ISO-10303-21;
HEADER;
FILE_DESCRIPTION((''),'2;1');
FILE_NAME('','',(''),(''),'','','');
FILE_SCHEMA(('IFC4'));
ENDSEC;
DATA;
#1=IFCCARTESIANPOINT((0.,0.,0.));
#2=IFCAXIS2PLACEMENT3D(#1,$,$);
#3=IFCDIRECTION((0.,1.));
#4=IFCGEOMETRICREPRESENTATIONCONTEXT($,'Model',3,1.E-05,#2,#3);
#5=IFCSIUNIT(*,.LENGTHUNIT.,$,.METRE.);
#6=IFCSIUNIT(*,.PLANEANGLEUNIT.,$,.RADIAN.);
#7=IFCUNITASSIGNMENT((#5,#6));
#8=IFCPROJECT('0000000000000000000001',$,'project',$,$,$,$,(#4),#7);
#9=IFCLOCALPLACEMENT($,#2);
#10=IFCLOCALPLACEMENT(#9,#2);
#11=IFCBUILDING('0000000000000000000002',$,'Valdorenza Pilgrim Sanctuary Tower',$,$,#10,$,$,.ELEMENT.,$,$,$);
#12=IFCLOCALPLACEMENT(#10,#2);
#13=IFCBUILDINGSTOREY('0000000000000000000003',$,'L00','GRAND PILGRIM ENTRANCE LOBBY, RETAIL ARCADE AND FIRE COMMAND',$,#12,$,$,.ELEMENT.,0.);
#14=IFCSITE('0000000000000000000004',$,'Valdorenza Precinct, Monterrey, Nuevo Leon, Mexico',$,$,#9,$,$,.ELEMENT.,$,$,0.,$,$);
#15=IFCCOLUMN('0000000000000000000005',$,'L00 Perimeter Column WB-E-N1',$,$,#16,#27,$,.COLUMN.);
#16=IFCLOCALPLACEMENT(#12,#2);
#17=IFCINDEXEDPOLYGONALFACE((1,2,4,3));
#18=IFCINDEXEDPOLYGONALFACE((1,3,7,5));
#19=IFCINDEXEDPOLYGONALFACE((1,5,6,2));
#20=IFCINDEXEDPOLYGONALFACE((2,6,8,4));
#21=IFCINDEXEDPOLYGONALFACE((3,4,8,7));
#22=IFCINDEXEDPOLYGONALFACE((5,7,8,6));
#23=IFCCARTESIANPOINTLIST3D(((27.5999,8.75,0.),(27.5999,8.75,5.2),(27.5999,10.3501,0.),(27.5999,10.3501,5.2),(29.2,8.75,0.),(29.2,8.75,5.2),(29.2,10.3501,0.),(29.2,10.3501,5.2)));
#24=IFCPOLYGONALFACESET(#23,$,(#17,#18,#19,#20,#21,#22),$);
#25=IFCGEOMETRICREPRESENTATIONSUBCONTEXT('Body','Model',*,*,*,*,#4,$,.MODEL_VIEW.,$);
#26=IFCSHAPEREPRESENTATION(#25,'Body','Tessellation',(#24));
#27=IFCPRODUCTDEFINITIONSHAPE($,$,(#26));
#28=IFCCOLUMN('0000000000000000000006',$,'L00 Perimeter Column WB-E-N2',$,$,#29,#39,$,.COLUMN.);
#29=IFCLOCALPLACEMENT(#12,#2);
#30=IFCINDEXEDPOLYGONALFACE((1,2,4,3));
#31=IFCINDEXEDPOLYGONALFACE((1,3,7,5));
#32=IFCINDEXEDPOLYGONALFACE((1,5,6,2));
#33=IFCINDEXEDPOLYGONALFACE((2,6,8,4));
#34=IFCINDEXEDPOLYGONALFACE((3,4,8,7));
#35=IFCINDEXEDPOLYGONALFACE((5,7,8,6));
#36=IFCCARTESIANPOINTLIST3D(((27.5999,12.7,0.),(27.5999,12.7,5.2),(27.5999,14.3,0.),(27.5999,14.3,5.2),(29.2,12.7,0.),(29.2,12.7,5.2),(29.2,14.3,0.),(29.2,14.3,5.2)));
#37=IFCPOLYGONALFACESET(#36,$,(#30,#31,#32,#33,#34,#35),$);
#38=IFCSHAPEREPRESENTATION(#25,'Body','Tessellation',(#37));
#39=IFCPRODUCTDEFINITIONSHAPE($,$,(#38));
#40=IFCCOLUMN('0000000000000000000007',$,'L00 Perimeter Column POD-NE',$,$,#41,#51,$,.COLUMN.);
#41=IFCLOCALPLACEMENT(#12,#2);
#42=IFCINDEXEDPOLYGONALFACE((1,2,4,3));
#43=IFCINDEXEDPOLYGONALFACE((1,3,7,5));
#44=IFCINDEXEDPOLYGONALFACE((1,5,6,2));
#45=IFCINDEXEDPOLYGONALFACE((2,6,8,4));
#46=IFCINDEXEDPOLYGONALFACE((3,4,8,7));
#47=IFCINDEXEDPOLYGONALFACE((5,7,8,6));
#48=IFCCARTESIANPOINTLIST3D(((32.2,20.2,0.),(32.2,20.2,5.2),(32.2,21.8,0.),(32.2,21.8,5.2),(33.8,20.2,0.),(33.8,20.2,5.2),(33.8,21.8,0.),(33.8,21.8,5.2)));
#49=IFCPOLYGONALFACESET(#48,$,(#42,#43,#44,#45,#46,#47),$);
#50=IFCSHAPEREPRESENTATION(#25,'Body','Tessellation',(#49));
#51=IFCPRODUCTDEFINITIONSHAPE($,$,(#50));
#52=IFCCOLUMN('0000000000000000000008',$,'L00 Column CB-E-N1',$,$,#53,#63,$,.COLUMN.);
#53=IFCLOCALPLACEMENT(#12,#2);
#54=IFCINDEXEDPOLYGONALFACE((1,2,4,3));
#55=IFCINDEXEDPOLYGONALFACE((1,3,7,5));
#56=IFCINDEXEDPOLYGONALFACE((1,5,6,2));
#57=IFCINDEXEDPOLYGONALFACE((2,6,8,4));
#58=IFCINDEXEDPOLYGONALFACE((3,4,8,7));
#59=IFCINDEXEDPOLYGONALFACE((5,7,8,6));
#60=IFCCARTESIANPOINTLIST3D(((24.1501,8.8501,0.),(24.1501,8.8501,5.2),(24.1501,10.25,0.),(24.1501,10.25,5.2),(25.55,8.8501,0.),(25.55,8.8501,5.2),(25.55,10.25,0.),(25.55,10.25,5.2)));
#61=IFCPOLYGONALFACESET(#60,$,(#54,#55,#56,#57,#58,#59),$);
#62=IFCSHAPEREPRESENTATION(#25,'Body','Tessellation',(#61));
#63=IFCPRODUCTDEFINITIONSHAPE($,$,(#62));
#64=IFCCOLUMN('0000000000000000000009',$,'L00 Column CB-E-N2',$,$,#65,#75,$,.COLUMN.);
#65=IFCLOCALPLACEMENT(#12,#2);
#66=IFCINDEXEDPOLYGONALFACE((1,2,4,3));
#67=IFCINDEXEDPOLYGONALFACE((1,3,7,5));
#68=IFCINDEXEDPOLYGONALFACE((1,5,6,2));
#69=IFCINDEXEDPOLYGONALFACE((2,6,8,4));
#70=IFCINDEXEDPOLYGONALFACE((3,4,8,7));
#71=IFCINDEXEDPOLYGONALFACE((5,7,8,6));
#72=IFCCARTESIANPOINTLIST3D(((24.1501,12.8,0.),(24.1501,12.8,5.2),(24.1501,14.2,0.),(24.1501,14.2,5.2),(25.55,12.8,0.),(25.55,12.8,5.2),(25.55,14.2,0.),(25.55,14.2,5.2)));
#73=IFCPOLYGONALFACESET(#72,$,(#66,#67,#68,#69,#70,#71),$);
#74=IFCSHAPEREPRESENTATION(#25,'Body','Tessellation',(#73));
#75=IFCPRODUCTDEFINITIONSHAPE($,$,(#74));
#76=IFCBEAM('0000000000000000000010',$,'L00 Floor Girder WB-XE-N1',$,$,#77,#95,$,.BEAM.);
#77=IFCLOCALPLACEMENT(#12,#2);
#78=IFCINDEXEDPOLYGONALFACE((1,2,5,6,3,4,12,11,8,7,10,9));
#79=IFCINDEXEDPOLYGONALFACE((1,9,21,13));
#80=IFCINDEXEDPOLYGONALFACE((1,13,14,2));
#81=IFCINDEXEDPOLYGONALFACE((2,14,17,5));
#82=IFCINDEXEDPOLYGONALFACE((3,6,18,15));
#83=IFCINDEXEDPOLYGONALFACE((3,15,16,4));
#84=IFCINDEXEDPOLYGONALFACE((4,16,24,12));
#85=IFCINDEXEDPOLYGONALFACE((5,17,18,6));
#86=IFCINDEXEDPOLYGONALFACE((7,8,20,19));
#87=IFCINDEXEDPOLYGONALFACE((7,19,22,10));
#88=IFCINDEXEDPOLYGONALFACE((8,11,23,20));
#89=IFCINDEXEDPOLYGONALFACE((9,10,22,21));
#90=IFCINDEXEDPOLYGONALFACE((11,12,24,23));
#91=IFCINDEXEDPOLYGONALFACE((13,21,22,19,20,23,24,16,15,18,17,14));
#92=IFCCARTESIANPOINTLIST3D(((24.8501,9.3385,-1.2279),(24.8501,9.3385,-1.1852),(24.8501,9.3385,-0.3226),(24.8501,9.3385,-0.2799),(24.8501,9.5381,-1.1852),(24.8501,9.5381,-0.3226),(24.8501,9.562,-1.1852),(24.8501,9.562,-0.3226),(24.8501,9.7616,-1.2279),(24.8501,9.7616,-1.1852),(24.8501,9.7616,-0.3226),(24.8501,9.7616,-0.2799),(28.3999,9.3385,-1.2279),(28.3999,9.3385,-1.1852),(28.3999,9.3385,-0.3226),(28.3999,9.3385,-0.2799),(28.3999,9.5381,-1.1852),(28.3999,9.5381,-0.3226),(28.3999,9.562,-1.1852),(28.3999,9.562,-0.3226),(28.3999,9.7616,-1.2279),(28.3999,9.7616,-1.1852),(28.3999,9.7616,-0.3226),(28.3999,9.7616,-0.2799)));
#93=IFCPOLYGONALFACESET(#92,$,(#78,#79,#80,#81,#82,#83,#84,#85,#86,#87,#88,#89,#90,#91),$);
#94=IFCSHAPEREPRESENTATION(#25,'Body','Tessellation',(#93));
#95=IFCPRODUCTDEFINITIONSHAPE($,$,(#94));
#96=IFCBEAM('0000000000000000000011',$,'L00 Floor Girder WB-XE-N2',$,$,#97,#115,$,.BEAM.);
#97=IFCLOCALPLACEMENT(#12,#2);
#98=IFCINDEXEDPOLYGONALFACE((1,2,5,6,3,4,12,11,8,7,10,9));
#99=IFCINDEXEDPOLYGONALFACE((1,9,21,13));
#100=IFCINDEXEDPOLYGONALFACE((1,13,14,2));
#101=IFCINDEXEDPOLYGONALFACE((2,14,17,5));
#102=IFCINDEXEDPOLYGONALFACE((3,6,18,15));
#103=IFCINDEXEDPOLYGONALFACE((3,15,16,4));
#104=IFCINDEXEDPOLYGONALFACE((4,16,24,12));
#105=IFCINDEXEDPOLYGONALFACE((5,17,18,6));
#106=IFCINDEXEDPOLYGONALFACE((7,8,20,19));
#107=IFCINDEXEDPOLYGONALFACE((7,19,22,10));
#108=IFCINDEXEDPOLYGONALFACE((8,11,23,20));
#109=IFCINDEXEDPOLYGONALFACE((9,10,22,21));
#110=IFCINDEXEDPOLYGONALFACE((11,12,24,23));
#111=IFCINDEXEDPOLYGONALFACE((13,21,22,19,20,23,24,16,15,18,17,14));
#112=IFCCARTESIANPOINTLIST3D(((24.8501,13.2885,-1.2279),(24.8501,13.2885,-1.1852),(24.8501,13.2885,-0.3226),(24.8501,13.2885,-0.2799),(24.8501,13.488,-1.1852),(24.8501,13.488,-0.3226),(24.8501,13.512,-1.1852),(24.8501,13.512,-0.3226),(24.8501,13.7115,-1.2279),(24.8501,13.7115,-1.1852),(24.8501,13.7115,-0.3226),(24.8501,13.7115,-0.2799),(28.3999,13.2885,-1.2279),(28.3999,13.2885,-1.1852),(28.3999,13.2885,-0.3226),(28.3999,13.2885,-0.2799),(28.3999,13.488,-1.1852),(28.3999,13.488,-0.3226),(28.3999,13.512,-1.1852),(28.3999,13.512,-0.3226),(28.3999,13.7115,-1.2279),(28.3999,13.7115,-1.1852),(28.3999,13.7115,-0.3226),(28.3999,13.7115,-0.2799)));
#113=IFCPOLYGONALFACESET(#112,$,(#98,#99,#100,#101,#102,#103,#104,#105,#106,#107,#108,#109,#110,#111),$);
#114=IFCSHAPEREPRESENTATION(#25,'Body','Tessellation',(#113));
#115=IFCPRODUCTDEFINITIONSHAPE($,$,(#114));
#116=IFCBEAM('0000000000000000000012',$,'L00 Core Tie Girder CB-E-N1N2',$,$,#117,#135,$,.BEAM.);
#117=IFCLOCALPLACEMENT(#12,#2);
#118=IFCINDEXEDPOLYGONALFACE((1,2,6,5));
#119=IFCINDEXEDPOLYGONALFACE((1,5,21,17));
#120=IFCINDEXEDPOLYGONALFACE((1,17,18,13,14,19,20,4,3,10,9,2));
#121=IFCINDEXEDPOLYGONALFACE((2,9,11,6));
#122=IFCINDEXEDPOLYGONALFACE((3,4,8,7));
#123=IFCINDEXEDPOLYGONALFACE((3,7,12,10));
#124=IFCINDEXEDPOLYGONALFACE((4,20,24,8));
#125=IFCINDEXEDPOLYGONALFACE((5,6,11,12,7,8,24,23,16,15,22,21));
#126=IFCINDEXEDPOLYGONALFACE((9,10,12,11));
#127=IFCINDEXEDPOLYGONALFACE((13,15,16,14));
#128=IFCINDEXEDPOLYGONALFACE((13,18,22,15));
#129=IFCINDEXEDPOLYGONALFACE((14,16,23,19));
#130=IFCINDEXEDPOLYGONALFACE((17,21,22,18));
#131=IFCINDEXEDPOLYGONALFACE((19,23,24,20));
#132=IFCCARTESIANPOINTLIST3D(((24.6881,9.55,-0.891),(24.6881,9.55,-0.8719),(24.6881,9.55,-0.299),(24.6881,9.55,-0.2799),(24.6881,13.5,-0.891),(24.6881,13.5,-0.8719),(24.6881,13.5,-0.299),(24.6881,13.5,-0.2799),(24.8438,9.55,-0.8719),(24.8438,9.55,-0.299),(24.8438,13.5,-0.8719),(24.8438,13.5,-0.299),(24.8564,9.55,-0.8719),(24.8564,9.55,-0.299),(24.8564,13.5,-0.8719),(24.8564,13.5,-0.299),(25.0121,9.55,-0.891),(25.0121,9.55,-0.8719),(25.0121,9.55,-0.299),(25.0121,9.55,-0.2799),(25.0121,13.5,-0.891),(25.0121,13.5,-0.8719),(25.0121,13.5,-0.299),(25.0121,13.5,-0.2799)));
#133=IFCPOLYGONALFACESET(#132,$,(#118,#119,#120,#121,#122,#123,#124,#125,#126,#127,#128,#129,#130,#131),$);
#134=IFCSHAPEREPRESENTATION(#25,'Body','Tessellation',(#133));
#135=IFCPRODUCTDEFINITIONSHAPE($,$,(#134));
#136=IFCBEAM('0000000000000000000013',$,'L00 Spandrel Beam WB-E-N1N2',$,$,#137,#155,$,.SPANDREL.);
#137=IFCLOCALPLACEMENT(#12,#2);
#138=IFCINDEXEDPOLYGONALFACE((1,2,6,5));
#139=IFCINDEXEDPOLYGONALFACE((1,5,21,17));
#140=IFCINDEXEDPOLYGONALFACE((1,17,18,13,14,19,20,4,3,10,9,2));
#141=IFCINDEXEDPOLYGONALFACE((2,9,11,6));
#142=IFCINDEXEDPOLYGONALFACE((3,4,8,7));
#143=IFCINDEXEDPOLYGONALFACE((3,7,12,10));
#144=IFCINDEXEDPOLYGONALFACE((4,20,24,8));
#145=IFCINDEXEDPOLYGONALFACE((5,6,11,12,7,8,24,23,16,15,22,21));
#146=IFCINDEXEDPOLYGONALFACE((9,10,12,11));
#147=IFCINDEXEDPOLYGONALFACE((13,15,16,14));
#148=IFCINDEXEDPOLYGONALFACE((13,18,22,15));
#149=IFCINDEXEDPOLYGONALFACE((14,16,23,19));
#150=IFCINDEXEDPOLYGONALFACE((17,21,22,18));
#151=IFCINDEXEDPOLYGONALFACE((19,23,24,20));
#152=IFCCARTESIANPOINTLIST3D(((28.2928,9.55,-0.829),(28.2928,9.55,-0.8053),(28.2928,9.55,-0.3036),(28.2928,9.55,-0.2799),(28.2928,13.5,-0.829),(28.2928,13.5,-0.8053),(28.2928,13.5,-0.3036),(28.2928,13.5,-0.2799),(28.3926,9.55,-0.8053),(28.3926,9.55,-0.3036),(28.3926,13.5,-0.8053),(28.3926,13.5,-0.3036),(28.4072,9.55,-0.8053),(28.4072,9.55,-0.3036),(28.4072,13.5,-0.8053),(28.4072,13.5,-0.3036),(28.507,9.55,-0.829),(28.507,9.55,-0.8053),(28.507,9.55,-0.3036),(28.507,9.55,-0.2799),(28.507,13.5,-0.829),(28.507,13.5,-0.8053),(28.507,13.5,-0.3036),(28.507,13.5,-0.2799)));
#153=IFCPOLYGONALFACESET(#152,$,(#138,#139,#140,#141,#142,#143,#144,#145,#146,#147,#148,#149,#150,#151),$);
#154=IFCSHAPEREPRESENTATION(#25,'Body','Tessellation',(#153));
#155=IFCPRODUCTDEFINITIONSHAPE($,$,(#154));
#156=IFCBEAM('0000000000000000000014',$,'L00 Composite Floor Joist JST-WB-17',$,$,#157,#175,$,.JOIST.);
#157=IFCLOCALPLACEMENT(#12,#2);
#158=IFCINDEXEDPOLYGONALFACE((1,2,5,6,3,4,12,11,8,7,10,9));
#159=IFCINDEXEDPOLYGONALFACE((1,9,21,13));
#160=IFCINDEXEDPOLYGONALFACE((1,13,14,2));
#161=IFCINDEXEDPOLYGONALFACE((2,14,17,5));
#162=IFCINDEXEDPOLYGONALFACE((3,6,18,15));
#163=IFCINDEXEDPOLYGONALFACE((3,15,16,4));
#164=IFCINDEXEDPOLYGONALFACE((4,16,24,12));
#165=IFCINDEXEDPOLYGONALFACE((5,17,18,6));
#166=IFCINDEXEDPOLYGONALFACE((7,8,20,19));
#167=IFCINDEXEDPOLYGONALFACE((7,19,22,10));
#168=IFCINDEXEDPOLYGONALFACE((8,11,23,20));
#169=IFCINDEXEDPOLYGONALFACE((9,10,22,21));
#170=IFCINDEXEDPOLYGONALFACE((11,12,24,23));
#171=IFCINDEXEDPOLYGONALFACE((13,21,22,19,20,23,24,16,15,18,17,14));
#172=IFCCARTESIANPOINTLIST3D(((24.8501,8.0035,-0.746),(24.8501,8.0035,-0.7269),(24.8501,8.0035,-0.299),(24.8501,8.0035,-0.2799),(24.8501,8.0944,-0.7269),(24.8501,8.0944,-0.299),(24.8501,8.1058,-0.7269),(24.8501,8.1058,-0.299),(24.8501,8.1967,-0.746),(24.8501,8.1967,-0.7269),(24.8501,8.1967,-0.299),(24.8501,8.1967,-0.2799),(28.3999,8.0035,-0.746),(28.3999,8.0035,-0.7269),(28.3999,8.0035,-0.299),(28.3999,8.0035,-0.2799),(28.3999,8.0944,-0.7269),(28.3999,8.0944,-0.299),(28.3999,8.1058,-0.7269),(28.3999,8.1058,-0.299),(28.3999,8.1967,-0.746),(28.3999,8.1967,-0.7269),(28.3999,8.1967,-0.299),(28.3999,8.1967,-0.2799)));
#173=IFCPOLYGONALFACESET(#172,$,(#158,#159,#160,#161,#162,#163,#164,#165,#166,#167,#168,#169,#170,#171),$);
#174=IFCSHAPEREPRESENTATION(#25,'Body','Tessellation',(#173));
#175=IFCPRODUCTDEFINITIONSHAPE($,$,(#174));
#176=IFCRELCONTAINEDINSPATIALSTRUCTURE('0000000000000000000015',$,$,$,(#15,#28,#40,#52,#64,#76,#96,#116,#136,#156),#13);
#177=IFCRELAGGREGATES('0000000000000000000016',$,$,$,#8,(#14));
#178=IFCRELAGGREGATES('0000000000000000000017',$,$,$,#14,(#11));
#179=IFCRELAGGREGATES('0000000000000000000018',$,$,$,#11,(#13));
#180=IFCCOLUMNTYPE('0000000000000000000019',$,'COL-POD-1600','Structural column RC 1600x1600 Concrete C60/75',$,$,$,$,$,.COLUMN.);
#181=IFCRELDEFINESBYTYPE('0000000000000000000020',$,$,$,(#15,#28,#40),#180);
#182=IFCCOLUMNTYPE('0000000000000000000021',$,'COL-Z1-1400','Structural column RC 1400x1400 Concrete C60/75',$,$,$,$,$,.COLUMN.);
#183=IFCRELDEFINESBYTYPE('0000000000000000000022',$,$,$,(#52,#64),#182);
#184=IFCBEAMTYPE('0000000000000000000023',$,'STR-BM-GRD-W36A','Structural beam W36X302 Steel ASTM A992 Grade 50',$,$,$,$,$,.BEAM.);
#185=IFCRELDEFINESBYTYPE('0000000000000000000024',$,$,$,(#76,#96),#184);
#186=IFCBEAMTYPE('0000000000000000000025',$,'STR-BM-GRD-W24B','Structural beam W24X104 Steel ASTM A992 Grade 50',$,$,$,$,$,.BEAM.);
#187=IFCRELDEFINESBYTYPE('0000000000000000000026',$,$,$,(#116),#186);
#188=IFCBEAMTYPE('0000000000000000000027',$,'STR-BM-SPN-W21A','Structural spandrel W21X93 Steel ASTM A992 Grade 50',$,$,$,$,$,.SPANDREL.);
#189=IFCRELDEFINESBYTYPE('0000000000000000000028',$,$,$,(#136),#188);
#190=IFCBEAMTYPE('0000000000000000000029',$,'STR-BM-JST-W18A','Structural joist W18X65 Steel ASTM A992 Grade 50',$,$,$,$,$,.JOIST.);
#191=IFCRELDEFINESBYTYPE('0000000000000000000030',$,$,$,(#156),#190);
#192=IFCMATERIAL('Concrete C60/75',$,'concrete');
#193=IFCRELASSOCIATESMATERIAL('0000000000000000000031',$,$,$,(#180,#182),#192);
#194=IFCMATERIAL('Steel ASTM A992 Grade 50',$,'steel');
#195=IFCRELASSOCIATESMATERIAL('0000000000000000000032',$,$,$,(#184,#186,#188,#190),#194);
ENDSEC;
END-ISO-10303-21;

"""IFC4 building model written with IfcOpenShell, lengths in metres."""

from ifc_helpers import new_model, si_unit, direction, frame, origin, origin_2d, place, context, subcontext, project, spatial, rectangle, i_section, extrude, source, transform, mapped, material, material_profile, profile_set, type_object, element, save


model = new_model("IFC4")

# Units and contexts
model_context = context("Model", 3, precision=1e-05, world=origin(), true_north=direction((0.0, 1.0)))
body_context = subcontext(model_context, "Body", "Model", "MODEL_VIEW")
ifc_project = project(units=[si_unit("LENGTHUNIT", "METRE"), si_unit("PLANEANGLEUNIT", "RADIAN")], contexts=[model_context])

# Site, building, storey
site_placement = place(None, origin())
site = spatial("IfcSite", under=ifc_project, at=site_placement, Name="Valdorenza Precinct, Monterrey, Nuevo Leon, Mexico", CompositionType="ELEMENT", RefElevation=0.0)
building_placement = place(site_placement, origin())
building = spatial("IfcBuilding", under=site, at=building_placement, Name="Valdorenza Pilgrim Sanctuary Tower", CompositionType="ELEMENT")
storey_placement = place(building_placement, origin())
storey = spatial("IfcBuildingStorey", under=building, at=storey_placement, Name="L00", Description="GRAND PILGRIM ENTRANCE LOBBY, RETAIL ARCADE AND FIRE COMMAND", CompositionType="ELEMENT", Elevation=0.0)

# Columns
ifc_material_1 = material(Name="Concrete C60/75", Category="concrete")
ifc_material_profile_1 = material_profile(ifc_material_1, rectangle(XDim=1.6001, YDim=1.6001, at=origin_2d()), Name="RC 1600x1600")
ifc_profile_set_1 = profile_set([ifc_material_profile_1], Name="Concrete C60/75")
column_type_1 = type_object("IfcColumnType", Name="COL-POD-1600", Description="Structural column RC 1600x1600 Concrete C60/75", PredefinedType="COLUMN", material=ifc_profile_set_1)
shared_shape_1 = source(origin(), body_context, "Body", "SweptSolid", [
    extrude(rectangle(XDim=1.6001, YDim=1.6001, at=origin_2d()), origin(), (0.0, 0.0, 1.0), 5.2),
])
for number, where, z_axis, x_axis, name in (
    (1, (28.3999, 9.55, 0.0), (0.0, 0.0, 1.0), (1.0, 0.0, 0.0), "L00 Perimeter Column WB-E-N1"),
    (2, (28.3999, 13.5, 0.0), (0.0, 0.0, 1.0), (1.0, 0.0, 0.0), "L00 Perimeter Column WB-E-N2"),
    (3, (33.0, 21.0, 0.0), (0.0, 0.0, 1.0), (1.0, 0.0, 0.0), "L00 Perimeter Column POD-NE"),
):
    element("IfcColumn", number, at=place(storey_placement, frame(where, z_axis=z_axis, x_axis=x_axis)), inside=storey, type_object=column_type_1, Name=name, PredefinedType="COLUMN", context=body_context, shape_type="MappedRepresentation", body=[
        mapped(shared_shape_1, transform((0.0, 0.0, 0.0), x_axis=(1.0, 0.0, 0.0), y_axis=(0.0, 1.0, 0.0), z_axis=(0.0, 0.0, 1.0), scale=1.0)),
    ])
ifc_material_profile_2 = material_profile(ifc_material_1, rectangle(XDim=1.3999, YDim=1.3999, at=origin_2d()), Name="RC 1400x1400")
ifc_profile_set_2 = profile_set([ifc_material_profile_2], Name="Concrete C60/75")
column_type_2 = type_object("IfcColumnType", Name="COL-Z1-1400", Description="Structural column RC 1400x1400 Concrete C60/75", PredefinedType="COLUMN", material=ifc_profile_set_2)
shared_shape_2 = source(origin(), body_context, "Body", "SweptSolid", [
    extrude(rectangle(XDim=1.3999, YDim=1.3999, at=origin_2d()), origin(), (0.0, 0.0, 1.0), 5.2),
])
for number, where, z_axis, x_axis, name in (
    (4, (24.8501, 9.55, 0.0), (0.0, 0.0, 1.0), (1.0, 0.0, 0.0), "L00 Column CB-E-N1"),
    (5, (24.8501, 13.5, 0.0), (0.0, 0.0, 1.0), (1.0, 0.0, 0.0), "L00 Column CB-E-N2"),
):
    element("IfcColumn", number, at=place(storey_placement, frame(where, z_axis=z_axis, x_axis=x_axis)), inside=storey, type_object=column_type_2, Name=name, PredefinedType="COLUMN", context=body_context, shape_type="MappedRepresentation", body=[
        mapped(shared_shape_2, transform((0.0, 0.0, 0.0), x_axis=(1.0, 0.0, 0.0), y_axis=(0.0, 1.0, 0.0), z_axis=(0.0, 0.0, 1.0), scale=1.0)),
    ])

# Beams
ifc_material_2 = material(Name="Steel ASTM A992 Grade 50", Category="steel")
ifc_material_profile_3 = material_profile(ifc_material_2, i_section(OverallWidth=0.4231, OverallDepth=0.948, WebThickness=0.0239, FlangeThickness=0.0427, at=origin_2d()), Name="W36X302")
ifc_profile_set_3 = profile_set([ifc_material_profile_3], Name="Steel ASTM A992 Grade 50")
beam_type_1 = type_object("IfcBeamType", Name="STR-BM-GRD-W36A", Description="Structural beam W36X302 Steel ASTM A992 Grade 50", PredefinedType="BEAM", material=ifc_profile_set_3)
shared_shape_3 = source(origin(), body_context, "Body", "SweptSolid", [
    extrude(i_section(OverallWidth=0.4231, OverallDepth=0.948, WebThickness=0.0239, FlangeThickness=0.0427, at=origin_2d()), origin(), (0.0, 0.0, 1.0), 3.5498),
])
for number, where, z_axis, x_axis, name in (
    (6, (24.8501, 9.55, -0.7539), (1.0, 0.0, 0.0), (0.0, 1.0, 0.0), "L00 Floor Girder WB-XE-N1"),
    (7, (24.8501, 13.5, -0.7539), (1.0, 0.0, 0.0), (0.0, 1.0, 0.0), "L00 Floor Girder WB-XE-N2"),
):
    element("IfcBeam", number, at=place(storey_placement, frame(where, z_axis=z_axis, x_axis=x_axis)), inside=storey, type_object=beam_type_1, Name=name, PredefinedType="BEAM", context=body_context, shape_type="MappedRepresentation", body=[
        mapped(shared_shape_3, transform((0.0, 0.0, 0.0), x_axis=(1.0, 0.0, 0.0), y_axis=(0.0, 1.0, 0.0), z_axis=(0.0, 0.0, 1.0), scale=1.0)),
    ])
ifc_material_profile_4 = material_profile(ifc_material_2, i_section(OverallWidth=0.324, OverallDepth=0.6111, WebThickness=0.0127, FlangeThickness=0.019, at=origin_2d()), Name="W24X104")
ifc_profile_set_4 = profile_set([ifc_material_profile_4], Name="Steel ASTM A992 Grade 50")
beam_type_2 = type_object("IfcBeamType", Name="STR-BM-GRD-W24B", Description="Structural beam W24X104 Steel ASTM A992 Grade 50", PredefinedType="BEAM", material=ifc_profile_set_4)
shared_shape_4 = source(origin(), body_context, "Body", "SweptSolid", [
    extrude(i_section(OverallWidth=0.324, OverallDepth=0.6111, WebThickness=0.0127, FlangeThickness=0.019, at=origin_2d()), origin(), (0.0, 0.0, 1.0), 3.95),
])
beam_1_placement = place(storey_placement, frame((24.8501, 9.55, -0.5854), z_axis=(0.0, 1.0, 0.0), x_axis=(-1.0, 0.0, 0.0)))
element("IfcBeam", 8, at=beam_1_placement, inside=storey, type_object=beam_type_2, Name="L00 Core Tie Girder CB-E-N1N2", PredefinedType="BEAM", context=body_context, shape_type="MappedRepresentation", body=[
    mapped(shared_shape_4, transform((0.0, 0.0, 0.0), x_axis=(1.0, 0.0, 0.0), y_axis=(0.0, 1.0, 0.0), z_axis=(0.0, 0.0, 1.0), scale=1.0)),
])
ifc_material_profile_5 = material_profile(ifc_material_2, i_section(OverallWidth=0.2141, OverallDepth=0.5491, WebThickness=0.0146, FlangeThickness=0.0237, at=origin_2d()), Name="W21X93")
ifc_profile_set_5 = profile_set([ifc_material_profile_5], Name="Steel ASTM A992 Grade 50")
beam_type_3 = type_object("IfcBeamType", Name="STR-BM-SPN-W21A", Description="Structural spandrel W21X93 Steel ASTM A992 Grade 50", PredefinedType="SPANDREL", material=ifc_profile_set_5)
shared_shape_5 = source(origin(), body_context, "Body", "SweptSolid", [
    extrude(i_section(OverallWidth=0.2141, OverallDepth=0.5491, WebThickness=0.0146, FlangeThickness=0.0237, at=origin_2d()), origin(), (0.0, 0.0, 1.0), 3.95),
])
beam_2_placement = place(storey_placement, frame((28.3999, 9.55, -0.5544), z_axis=(0.0, 1.0, 0.0), x_axis=(-1.0, 0.0, 0.0)))
element("IfcBeam", 9, at=beam_2_placement, inside=storey, type_object=beam_type_3, Name="L00 Spandrel Beam WB-E-N1N2", PredefinedType="SPANDREL", context=body_context, shape_type="MappedRepresentation", body=[
    mapped(shared_shape_5, transform((0.0, 0.0, 0.0), x_axis=(1.0, 0.0, 0.0), y_axis=(0.0, 1.0, 0.0), z_axis=(0.0, 0.0, 1.0), scale=1.0)),
])
ifc_material_profile_6 = material_profile(ifc_material_2, i_section(OverallWidth=0.1931, OverallDepth=0.4661, WebThickness=0.0115, FlangeThickness=0.019, at=origin_2d()), Name="W18X65")
ifc_profile_set_6 = profile_set([ifc_material_profile_6], Name="Steel ASTM A992 Grade 50")
beam_type_4 = type_object("IfcBeamType", Name="STR-BM-JST-W18A", Description="Structural joist W18X65 Steel ASTM A992 Grade 50", PredefinedType="JOIST", material=ifc_profile_set_6)
shared_shape_6 = source(origin(), body_context, "Body", "SweptSolid", [
    extrude(i_section(OverallWidth=0.1931, OverallDepth=0.4661, WebThickness=0.0115, FlangeThickness=0.019, at=origin_2d()), origin(), (0.0, 0.0, 1.0), 3.5498),
])
for number, where, z_axis, x_axis, name in (
    (10, (24.8501, 8.1001, -0.5129), (1.0, 0.0, 0.0), (0.0, 1.0, 0.0), "L00 Composite Floor Joist JST-WB-17"),
):
    element("IfcBeam", number, at=place(storey_placement, frame(where, z_axis=z_axis, x_axis=x_axis)), inside=storey, type_object=beam_type_4, Name=name, PredefinedType="JOIST", context=body_context, shape_type="MappedRepresentation", body=[
        mapped(shared_shape_6, transform((0.0, 0.0, 0.0), x_axis=(1.0, 0.0, 0.0), y_axis=(0.0, 1.0, 0.0), z_axis=(0.0, 0.0, 1.0), scale=1.0)),
    ])

save(model, "model.ifc")
